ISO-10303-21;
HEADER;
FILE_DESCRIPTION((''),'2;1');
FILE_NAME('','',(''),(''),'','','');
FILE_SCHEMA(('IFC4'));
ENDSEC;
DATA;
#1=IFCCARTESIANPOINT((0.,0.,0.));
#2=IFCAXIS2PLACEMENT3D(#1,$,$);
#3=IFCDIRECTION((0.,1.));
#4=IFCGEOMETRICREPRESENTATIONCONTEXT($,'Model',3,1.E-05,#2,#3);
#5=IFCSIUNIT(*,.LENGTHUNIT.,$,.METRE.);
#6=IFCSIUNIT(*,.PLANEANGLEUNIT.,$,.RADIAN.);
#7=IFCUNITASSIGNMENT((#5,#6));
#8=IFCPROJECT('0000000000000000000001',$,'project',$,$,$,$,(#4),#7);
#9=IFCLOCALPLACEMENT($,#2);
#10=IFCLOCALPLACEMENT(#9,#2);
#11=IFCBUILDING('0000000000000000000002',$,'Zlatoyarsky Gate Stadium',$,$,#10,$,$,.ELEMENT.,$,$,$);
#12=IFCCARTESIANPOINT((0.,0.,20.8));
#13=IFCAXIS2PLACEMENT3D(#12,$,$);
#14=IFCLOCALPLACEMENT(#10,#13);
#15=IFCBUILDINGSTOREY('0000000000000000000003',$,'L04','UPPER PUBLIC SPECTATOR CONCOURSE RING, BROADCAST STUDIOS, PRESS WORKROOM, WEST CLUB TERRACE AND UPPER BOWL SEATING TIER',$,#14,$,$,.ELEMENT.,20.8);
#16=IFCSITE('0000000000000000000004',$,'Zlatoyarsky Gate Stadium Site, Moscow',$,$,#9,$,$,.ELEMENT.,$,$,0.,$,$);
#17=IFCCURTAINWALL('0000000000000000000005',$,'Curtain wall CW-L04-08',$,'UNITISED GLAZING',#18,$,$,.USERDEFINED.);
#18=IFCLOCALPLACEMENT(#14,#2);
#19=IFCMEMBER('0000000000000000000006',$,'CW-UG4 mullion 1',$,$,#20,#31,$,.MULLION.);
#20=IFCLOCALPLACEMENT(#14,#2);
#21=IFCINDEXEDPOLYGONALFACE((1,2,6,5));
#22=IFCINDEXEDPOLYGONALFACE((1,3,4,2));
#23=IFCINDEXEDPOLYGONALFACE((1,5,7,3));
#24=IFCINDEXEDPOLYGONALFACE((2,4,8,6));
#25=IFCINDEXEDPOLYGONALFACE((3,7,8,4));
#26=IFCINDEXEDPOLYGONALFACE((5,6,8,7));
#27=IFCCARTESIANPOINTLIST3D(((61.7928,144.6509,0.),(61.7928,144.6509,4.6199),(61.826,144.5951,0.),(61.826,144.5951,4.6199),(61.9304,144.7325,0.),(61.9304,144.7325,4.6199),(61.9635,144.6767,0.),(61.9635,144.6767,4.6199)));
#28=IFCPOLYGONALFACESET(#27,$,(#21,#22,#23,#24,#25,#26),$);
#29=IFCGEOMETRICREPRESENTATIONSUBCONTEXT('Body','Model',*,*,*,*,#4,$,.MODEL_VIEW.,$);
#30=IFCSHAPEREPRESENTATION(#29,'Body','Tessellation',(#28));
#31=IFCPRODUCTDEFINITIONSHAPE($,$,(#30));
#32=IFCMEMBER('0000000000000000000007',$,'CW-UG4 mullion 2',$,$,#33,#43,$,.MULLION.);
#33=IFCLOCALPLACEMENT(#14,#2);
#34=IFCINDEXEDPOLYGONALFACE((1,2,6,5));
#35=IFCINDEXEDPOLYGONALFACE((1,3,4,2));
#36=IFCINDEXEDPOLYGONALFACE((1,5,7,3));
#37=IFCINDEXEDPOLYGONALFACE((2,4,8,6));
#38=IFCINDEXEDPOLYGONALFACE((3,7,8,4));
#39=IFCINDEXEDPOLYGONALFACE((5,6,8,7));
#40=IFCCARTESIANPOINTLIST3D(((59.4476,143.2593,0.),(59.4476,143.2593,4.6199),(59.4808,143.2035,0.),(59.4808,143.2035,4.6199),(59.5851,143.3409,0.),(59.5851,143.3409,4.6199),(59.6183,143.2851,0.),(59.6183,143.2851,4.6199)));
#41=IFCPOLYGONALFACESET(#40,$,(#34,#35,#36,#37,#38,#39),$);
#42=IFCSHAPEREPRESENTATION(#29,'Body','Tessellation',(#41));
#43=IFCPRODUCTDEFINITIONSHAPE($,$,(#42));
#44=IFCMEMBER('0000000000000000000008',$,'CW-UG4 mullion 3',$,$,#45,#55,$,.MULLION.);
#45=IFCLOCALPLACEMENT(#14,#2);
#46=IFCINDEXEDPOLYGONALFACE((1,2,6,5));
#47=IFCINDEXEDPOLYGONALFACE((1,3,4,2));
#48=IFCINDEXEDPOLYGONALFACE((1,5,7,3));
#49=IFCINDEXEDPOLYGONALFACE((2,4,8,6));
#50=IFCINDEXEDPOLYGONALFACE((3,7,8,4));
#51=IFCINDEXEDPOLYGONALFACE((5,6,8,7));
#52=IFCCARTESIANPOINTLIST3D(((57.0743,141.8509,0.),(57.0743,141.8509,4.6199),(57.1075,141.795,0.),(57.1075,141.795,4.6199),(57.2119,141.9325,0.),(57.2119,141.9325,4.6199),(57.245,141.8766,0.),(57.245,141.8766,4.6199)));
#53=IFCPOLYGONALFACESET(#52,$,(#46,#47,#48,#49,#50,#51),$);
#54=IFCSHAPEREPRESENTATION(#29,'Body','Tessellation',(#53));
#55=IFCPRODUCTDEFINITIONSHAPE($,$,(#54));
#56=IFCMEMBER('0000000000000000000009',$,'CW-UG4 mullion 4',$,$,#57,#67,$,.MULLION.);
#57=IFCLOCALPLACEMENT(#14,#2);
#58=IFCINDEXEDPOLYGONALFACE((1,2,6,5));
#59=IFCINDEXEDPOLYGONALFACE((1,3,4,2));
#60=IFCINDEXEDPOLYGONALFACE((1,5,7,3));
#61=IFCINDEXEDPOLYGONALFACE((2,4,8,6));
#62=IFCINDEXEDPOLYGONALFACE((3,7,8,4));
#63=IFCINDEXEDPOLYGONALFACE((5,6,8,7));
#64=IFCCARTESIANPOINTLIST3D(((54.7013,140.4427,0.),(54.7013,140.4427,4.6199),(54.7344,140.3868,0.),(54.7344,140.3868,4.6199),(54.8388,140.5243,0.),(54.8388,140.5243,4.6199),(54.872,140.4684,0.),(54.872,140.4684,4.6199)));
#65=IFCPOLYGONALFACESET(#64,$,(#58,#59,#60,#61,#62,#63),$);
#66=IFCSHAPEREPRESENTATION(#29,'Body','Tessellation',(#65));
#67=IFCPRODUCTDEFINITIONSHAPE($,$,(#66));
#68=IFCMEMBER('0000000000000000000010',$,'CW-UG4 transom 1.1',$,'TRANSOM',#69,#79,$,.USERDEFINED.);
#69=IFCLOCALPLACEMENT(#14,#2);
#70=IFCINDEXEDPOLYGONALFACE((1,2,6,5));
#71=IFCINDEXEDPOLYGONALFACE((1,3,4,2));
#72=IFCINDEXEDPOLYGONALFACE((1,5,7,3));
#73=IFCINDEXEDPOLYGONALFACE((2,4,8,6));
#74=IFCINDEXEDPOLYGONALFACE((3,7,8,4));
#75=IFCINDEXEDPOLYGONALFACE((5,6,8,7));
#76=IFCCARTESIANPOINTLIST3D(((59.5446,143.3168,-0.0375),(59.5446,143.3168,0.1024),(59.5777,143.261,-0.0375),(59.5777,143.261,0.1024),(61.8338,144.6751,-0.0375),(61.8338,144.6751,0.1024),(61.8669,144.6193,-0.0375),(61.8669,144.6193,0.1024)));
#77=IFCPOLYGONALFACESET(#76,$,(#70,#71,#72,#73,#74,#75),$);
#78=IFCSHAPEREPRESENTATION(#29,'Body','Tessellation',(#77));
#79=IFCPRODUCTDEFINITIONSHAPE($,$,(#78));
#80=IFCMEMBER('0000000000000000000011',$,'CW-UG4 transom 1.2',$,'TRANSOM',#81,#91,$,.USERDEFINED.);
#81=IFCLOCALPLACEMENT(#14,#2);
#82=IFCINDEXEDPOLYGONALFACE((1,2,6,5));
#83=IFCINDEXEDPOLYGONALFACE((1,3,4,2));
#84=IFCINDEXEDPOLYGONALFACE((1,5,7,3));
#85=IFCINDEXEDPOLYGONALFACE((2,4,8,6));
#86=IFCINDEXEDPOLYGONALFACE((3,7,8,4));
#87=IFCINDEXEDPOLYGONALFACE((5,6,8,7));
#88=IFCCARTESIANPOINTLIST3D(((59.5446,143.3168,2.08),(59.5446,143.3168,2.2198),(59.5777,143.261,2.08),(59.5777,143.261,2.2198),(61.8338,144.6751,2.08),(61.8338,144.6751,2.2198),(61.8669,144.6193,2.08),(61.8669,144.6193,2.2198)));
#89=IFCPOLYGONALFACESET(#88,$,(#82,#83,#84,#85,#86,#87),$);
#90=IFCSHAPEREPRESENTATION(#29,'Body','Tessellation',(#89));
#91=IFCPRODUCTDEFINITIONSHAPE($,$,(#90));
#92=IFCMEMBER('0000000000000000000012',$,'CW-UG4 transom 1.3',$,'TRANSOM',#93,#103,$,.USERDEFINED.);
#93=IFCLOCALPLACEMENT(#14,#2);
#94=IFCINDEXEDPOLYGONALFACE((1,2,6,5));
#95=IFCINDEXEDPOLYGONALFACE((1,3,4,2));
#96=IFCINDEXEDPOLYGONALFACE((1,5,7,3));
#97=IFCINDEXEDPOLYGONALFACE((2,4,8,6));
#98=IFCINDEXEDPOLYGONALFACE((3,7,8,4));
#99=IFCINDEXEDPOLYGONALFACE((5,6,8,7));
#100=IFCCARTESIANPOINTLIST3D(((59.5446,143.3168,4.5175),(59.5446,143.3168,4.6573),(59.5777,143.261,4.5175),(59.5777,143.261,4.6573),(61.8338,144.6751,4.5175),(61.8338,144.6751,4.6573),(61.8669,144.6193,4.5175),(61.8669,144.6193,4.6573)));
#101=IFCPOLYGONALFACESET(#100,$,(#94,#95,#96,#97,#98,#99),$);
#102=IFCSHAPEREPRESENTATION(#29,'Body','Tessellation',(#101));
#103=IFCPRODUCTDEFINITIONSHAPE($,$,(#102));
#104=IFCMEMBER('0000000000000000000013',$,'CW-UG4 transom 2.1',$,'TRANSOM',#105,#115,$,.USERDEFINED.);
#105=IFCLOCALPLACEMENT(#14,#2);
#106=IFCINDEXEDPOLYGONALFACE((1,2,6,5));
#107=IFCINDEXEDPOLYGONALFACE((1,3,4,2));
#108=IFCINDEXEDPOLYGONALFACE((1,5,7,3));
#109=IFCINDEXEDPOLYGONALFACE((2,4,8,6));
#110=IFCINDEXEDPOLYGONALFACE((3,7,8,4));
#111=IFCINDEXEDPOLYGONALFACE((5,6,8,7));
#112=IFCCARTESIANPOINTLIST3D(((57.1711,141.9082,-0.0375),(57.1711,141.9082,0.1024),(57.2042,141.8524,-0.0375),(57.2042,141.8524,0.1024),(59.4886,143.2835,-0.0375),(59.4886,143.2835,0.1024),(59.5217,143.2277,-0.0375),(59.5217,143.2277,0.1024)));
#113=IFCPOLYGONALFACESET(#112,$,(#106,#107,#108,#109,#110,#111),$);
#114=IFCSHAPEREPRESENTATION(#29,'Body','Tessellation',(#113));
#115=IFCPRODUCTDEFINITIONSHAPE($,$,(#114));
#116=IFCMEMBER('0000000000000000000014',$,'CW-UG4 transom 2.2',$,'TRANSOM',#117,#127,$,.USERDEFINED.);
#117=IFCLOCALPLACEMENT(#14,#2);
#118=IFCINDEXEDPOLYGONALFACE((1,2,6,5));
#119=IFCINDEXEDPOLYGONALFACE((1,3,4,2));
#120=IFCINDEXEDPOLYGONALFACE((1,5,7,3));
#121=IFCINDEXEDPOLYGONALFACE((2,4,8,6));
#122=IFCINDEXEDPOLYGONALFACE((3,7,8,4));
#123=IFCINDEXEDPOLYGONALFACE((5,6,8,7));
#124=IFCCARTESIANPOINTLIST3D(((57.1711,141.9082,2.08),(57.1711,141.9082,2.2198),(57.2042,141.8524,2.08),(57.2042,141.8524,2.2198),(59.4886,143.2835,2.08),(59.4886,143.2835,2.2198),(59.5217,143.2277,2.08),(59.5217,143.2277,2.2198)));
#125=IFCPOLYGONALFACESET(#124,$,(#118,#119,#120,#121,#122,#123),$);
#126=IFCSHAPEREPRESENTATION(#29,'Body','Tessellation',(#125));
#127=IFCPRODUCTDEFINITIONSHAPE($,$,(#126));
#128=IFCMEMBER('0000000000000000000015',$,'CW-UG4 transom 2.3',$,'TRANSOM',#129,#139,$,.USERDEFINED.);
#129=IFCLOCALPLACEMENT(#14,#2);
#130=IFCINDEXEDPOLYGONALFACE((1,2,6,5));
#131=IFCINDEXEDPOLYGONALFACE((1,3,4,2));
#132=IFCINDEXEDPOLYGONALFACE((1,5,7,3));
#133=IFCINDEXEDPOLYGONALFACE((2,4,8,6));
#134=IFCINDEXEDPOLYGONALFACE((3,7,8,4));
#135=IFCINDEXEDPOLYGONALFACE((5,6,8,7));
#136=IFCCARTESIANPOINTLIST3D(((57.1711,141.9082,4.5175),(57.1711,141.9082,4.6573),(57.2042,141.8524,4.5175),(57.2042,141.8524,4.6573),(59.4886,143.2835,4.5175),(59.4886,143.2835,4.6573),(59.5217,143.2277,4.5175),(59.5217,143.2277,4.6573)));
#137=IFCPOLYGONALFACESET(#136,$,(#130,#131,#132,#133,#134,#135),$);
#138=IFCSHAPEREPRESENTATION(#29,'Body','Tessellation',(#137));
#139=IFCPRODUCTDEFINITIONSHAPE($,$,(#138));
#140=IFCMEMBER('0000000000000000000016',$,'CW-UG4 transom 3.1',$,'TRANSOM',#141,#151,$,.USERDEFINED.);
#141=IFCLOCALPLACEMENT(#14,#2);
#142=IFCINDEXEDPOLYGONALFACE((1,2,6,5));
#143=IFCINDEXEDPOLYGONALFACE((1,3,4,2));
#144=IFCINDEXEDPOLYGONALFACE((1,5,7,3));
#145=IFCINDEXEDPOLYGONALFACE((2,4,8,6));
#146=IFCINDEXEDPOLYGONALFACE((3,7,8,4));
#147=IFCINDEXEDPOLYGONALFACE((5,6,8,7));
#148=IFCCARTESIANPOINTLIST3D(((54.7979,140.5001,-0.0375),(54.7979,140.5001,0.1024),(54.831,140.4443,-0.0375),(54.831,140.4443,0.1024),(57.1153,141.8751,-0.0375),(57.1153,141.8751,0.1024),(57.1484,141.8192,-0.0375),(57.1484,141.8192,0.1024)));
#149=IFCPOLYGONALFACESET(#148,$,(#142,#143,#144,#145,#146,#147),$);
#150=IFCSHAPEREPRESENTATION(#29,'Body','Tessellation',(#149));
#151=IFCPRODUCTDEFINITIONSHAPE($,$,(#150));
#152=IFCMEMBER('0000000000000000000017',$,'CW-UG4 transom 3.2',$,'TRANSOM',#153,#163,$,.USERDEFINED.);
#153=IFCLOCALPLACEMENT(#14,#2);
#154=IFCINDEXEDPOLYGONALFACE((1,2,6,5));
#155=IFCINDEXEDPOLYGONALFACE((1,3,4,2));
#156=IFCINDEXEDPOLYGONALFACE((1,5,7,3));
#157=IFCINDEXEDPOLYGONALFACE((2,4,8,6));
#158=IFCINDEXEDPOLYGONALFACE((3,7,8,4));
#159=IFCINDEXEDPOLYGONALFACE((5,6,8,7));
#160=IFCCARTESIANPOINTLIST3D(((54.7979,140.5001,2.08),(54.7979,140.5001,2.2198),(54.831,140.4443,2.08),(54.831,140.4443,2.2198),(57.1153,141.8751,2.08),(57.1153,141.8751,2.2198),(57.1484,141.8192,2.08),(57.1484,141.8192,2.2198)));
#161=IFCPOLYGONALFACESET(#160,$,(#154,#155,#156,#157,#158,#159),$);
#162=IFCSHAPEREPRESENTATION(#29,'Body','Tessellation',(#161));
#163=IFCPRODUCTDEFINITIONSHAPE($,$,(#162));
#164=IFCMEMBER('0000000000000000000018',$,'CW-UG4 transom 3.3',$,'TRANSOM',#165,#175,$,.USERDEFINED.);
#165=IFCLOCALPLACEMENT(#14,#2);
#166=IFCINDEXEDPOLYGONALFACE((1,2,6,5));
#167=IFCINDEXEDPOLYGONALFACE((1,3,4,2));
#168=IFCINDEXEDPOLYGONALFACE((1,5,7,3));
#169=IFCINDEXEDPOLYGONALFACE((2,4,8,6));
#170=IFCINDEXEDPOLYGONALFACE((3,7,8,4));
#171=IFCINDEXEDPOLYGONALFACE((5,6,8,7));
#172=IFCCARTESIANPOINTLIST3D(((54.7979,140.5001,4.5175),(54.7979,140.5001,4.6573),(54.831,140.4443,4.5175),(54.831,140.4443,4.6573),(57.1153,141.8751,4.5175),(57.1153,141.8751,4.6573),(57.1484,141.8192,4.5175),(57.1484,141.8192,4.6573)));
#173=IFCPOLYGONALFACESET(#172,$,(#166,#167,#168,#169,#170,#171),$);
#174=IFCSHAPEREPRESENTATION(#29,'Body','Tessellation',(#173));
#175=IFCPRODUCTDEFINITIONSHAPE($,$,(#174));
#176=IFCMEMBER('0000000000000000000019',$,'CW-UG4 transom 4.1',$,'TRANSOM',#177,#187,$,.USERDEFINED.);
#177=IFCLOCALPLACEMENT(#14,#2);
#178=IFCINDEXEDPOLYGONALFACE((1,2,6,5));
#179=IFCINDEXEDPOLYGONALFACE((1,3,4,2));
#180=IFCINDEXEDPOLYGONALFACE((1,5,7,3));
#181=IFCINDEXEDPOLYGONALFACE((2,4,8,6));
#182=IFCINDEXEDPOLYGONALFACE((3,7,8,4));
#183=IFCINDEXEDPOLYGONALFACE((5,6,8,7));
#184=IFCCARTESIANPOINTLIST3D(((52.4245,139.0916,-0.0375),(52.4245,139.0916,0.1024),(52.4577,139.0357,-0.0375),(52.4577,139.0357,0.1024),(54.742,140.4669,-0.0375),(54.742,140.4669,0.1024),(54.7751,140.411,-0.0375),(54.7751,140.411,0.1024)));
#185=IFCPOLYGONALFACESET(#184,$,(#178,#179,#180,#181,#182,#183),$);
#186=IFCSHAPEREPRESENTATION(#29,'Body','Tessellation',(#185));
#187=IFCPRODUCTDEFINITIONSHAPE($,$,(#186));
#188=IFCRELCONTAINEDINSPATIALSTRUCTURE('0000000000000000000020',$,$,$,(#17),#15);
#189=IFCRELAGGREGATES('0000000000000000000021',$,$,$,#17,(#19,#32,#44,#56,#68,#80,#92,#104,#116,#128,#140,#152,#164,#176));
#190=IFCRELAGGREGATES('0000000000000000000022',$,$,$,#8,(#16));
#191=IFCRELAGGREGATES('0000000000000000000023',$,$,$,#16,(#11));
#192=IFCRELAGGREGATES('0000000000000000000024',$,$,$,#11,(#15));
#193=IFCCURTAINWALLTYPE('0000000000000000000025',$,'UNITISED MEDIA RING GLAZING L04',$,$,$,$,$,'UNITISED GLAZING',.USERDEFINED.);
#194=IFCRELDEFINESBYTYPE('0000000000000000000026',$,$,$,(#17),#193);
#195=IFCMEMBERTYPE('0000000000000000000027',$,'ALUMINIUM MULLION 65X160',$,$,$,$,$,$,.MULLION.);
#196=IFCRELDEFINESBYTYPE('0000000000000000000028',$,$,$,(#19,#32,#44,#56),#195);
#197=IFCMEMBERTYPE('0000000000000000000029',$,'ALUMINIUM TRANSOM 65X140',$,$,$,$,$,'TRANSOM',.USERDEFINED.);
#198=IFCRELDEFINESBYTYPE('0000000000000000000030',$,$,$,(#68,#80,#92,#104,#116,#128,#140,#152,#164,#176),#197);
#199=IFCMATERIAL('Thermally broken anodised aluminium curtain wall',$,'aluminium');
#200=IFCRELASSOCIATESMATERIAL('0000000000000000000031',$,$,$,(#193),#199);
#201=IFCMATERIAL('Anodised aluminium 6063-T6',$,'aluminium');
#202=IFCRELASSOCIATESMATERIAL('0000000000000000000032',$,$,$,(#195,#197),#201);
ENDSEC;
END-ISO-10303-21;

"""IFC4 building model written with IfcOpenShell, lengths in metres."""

from ifc_helpers import new_model, si_unit, direction, frame, origin, origin_2d, place, context, subcontext, project, spatial, rectangle, extrude, material, material_profile, profile_set, type_object, element, aggregate, save


model = new_model("IFC4")

# Units and contexts
model_context = context("Model", 3, precision=1e-05, world=origin(), true_north=direction((0.0, 1.0)))
body_context = subcontext(model_context, "Body", "Model", "MODEL_VIEW")
ifc_project = project(units=[si_unit("LENGTHUNIT", "METRE"), si_unit("PLANEANGLEUNIT", "RADIAN")], contexts=[model_context])

# Site, building, storey
site_placement = place(None, origin())
site = spatial("IfcSite", under=ifc_project, at=site_placement, Name="Zlatoyarsky Gate Stadium Site, Moscow", CompositionType="ELEMENT", RefElevation=0.0)
building_placement = place(site_placement, origin())
building = spatial("IfcBuilding", under=site, at=building_placement, Name="Zlatoyarsky Gate Stadium", CompositionType="ELEMENT")
storey_placement = place(building_placement, frame((0.0, 0.0, 20.8)))
storey = spatial("IfcBuildingStorey", under=building, at=storey_placement, Name="L04", Description="UPPER PUBLIC SPECTATOR CONCOURSE RING, BROADCAST STUDIOS, PRESS WORKROOM, WEST CLUB TERRACE AND UPPER BOWL SEATING TIER", CompositionType="ELEMENT", Elevation=20.8)

# Curtain wall, members
ifc_material_1 = material(Name="Thermally broken anodised aluminium curtain wall", Category="aluminium")
curtain_wall_type = type_object("IfcCurtainWallType", Name="UNITISED MEDIA RING GLAZING L04", ElementType="UNITISED GLAZING", PredefinedType="USERDEFINED", material=ifc_material_1)
curtain_wall_placement = place(storey_placement, origin())
curtain_wall = element("IfcCurtainWall", 1, at=curtain_wall_placement, inside=storey, type_object=curtain_wall_type, Name="Curtain wall CW-L04-08", ObjectType="UNITISED GLAZING", PredefinedType="USERDEFINED")
ifc_material_2 = material(Name="Anodised aluminium 6063-T6", Category="aluminium")
ifc_material_profile_1 = material_profile(ifc_material_2, rectangle(XDim=0.0649, YDim=0.1599, at=origin_2d()), Name="ALU 65X160")
ifc_profile_set_1 = profile_set([ifc_material_profile_1], Name="Anodised aluminium 6063-T6")
member_type_1 = type_object("IfcMemberType", Name="ALUMINIUM MULLION 65X160", PredefinedType="MULLION", material=ifc_profile_set_1)
member_1_placement = place(storey_placement, frame((61.8782, 144.6638, 0.0), z_axis=(0.0, 0.0, 1.0), x_axis=(0.51033, -0.859978, 0.0)))
member_1 = element("IfcMember", 2, at=member_1_placement, type_object=member_type_1, Name="CW-UG4 mullion 1", PredefinedType="MULLION", context=body_context, shape_type="SweptSolid", body=[
    extrude(rectangle(XDim=0.0649, YDim=0.1599, at=origin_2d()), origin(), (0.0, 0.0, 1.0), 4.6199),
])
member_2_placement = place(storey_placement, frame((59.533, 143.2722, 0.0), z_axis=(0.0, 0.0, 1.0), x_axis=(0.51033, -0.859978, 0.0)))
member_2 = element("IfcMember", 3, at=member_2_placement, type_object=member_type_1, Name="CW-UG4 mullion 2", PredefinedType="MULLION", context=body_context, shape_type="SweptSolid", body=[
    extrude(rectangle(XDim=0.0649, YDim=0.1599, at=origin_2d()), origin(), (0.0, 0.0, 1.0), 4.6199),
])
member_3_placement = place(storey_placement, frame((57.1597, 141.8638, 0.0), z_axis=(0.0, 0.0, 1.0), x_axis=(0.51033, -0.859978, 0.0)))
member_3 = element("IfcMember", 4, at=member_3_placement, type_object=member_type_1, Name="CW-UG4 mullion 3", PredefinedType="MULLION", context=body_context, shape_type="SweptSolid", body=[
    extrude(rectangle(XDim=0.0649, YDim=0.1599, at=origin_2d()), origin(), (0.0, 0.0, 1.0), 4.6199),
])
member_4_placement = place(storey_placement, frame((54.7866, 140.4556, 0.0), z_axis=(0.0, 0.0, 1.0), x_axis=(0.51033, -0.859978, 0.0)))
member_4 = element("IfcMember", 5, at=member_4_placement, type_object=member_type_1, Name="CW-UG4 mullion 4", PredefinedType="MULLION", context=body_context, shape_type="SweptSolid", body=[
    extrude(rectangle(XDim=0.0649, YDim=0.1599, at=origin_2d()), origin(), (0.0, 0.0, 1.0), 4.6199),
])
ifc_material_profile_2 = material_profile(ifc_material_2, rectangle(XDim=0.0649, YDim=0.1399, at=origin_2d()), Name="ALU 65X140")
ifc_profile_set_2 = profile_set([ifc_material_profile_2], Name="Anodised aluminium 6063-T6")
member_type_2 = type_object("IfcMemberType", Name="ALUMINIUM TRANSOM 65X140", ElementType="TRANSOM", PredefinedType="USERDEFINED", material=ifc_profile_set_2)
member_5_placement = place(storey_placement, frame((61.8503, 144.6472, 0.0325), z_axis=(-0.859999, -0.510295, 0.0), x_axis=(0.510295, -0.859999, 0.0)))
member_5 = element("IfcMember", 6, at=member_5_placement, type_object=member_type_2, Name="CW-UG4 transom 1.1", ObjectType="TRANSOM", PredefinedType="USERDEFINED", context=body_context, shape_type="SweptSolid", body=[
    extrude(rectangle(XDim=0.0649, YDim=0.1399, at=origin_2d()), origin(), (0.0, 0.0, 1.0), 2.6619),
])
member_6_placement = place(storey_placement, frame((61.8503, 144.6472, 2.1499), z_axis=(-0.859999, -0.510295, 0.0), x_axis=(0.510295, -0.859999, 0.0)))
member_6 = element("IfcMember", 7, at=member_6_placement, type_object=member_type_2, Name="CW-UG4 transom 1.2", ObjectType="TRANSOM", PredefinedType="USERDEFINED", context=body_context, shape_type="SweptSolid", body=[
    extrude(rectangle(XDim=0.0649, YDim=0.1399, at=origin_2d()), origin(), (0.0, 0.0, 1.0), 2.6619),
])
member_7_placement = place(storey_placement, frame((61.8503, 144.6472, 4.5874), z_axis=(-0.859999, -0.510295, 0.0), x_axis=(0.510295, -0.859999, 0.0)))
member_7 = element("IfcMember", 8, at=member_7_placement, type_object=member_type_2, Name="CW-UG4 transom 1.3", ObjectType="TRANSOM", PredefinedType="USERDEFINED", context=body_context, shape_type="SweptSolid", body=[
    extrude(rectangle(XDim=0.0649, YDim=0.1399, at=origin_2d()), origin(), (0.0, 0.0, 1.0), 2.6619),
])
member_8_placement = place(storey_placement, frame((59.5051, 143.2556, 0.0325), z_axis=(-0.859969, -0.510346, 0.0), x_axis=(0.510346, -0.859969, 0.0)))
member_8 = element("IfcMember", 9, at=member_8_placement, type_object=member_type_2, Name="CW-UG4 transom 2.1", ObjectType="TRANSOM", PredefinedType="USERDEFINED", context=body_context, shape_type="SweptSolid", body=[
    extrude(rectangle(XDim=0.0649, YDim=0.1399, at=origin_2d()), origin(), (0.0, 0.0, 1.0), 2.6948),
])
member_9_placement = place(storey_placement, frame((59.5051, 143.2556, 2.1499), z_axis=(-0.859969, -0.510346, 0.0), x_axis=(0.510346, -0.859969, 0.0)))
member_9 = element("IfcMember", 10, at=member_9_placement, type_object=member_type_2, Name="CW-UG4 transom 2.2", ObjectType="TRANSOM", PredefinedType="USERDEFINED", context=body_context, shape_type="SweptSolid", body=[
    extrude(rectangle(XDim=0.0649, YDim=0.1399, at=origin_2d()), origin(), (0.0, 0.0, 1.0), 2.6948),
])
member_10_placement = place(storey_placement, frame((59.5051, 143.2556, 4.5874), z_axis=(-0.859969, -0.510346, 0.0), x_axis=(0.510346, -0.859969, 0.0)))
member_10 = element("IfcMember", 11, at=member_10_placement, type_object=member_type_2, Name="CW-UG4 transom 2.3", ObjectType="TRANSOM", PredefinedType="USERDEFINED", context=body_context, shape_type="SweptSolid", body=[
    extrude(rectangle(XDim=0.0649, YDim=0.1399, at=origin_2d()), origin(), (0.0, 0.0, 1.0), 2.6948),
])
member_11_placement = place(storey_placement, frame((57.1318, 141.8472, 0.0325), z_axis=(-0.860009, -0.510279, 0.0), x_axis=(0.510279, -0.860009, 0.0)))
member_11 = element("IfcMember", 12, at=member_11_placement, type_object=member_type_2, Name="CW-UG4 transom 3.1", ObjectType="TRANSOM", PredefinedType="USERDEFINED", context=body_context, shape_type="SweptSolid", body=[
    extrude(rectangle(XDim=0.0649, YDim=0.1399, at=origin_2d()), origin(), (0.0, 0.0, 1.0), 2.6946),
])
member_12_placement = place(storey_placement, frame((57.1318, 141.8472, 2.1499), z_axis=(-0.860009, -0.510279, 0.0), x_axis=(0.510279, -0.860009, 0.0)))
member_12 = element("IfcMember", 13, at=member_12_placement, type_object=member_type_2, Name="CW-UG4 transom 3.2", ObjectType="TRANSOM", PredefinedType="USERDEFINED", context=body_context, shape_type="SweptSolid", body=[
    extrude(rectangle(XDim=0.0649, YDim=0.1399, at=origin_2d()), origin(), (0.0, 0.0, 1.0), 2.6946),
])
member_13_placement = place(storey_placement, frame((57.1318, 141.8472, 4.5874), z_axis=(-0.860009, -0.510279, 0.0), x_axis=(0.510279, -0.860009, 0.0)))
member_13 = element("IfcMember", 14, at=member_13_placement, type_object=member_type_2, Name="CW-UG4 transom 3.3", ObjectType="TRANSOM", PredefinedType="USERDEFINED", context=body_context, shape_type="SweptSolid", body=[
    extrude(rectangle(XDim=0.0649, YDim=0.1399, at=origin_2d()), origin(), (0.0, 0.0, 1.0), 2.6946),
])
member_14_placement = place(storey_placement, frame((54.7585, 140.439, 0.0325), z_axis=(-0.859969, -0.510346, 0.0), x_axis=(0.510346, -0.859969, 0.0)))
member_14 = element("IfcMember", 15, at=member_14_placement, type_object=member_type_2, Name="CW-UG4 transom 4.1", ObjectType="TRANSOM", PredefinedType="USERDEFINED", context=body_context, shape_type="SweptSolid", body=[
    extrude(rectangle(XDim=0.0649, YDim=0.1399, at=origin_2d()), origin(), (0.0, 0.0, 1.0), 2.6948),
])

aggregate(curtain_wall, [member_1, member_2, member_3, member_4, member_5, member_6, member_7, member_8, member_9, member_10, member_11, member_12, member_13, member_14])

save(model, "model.ifc")
